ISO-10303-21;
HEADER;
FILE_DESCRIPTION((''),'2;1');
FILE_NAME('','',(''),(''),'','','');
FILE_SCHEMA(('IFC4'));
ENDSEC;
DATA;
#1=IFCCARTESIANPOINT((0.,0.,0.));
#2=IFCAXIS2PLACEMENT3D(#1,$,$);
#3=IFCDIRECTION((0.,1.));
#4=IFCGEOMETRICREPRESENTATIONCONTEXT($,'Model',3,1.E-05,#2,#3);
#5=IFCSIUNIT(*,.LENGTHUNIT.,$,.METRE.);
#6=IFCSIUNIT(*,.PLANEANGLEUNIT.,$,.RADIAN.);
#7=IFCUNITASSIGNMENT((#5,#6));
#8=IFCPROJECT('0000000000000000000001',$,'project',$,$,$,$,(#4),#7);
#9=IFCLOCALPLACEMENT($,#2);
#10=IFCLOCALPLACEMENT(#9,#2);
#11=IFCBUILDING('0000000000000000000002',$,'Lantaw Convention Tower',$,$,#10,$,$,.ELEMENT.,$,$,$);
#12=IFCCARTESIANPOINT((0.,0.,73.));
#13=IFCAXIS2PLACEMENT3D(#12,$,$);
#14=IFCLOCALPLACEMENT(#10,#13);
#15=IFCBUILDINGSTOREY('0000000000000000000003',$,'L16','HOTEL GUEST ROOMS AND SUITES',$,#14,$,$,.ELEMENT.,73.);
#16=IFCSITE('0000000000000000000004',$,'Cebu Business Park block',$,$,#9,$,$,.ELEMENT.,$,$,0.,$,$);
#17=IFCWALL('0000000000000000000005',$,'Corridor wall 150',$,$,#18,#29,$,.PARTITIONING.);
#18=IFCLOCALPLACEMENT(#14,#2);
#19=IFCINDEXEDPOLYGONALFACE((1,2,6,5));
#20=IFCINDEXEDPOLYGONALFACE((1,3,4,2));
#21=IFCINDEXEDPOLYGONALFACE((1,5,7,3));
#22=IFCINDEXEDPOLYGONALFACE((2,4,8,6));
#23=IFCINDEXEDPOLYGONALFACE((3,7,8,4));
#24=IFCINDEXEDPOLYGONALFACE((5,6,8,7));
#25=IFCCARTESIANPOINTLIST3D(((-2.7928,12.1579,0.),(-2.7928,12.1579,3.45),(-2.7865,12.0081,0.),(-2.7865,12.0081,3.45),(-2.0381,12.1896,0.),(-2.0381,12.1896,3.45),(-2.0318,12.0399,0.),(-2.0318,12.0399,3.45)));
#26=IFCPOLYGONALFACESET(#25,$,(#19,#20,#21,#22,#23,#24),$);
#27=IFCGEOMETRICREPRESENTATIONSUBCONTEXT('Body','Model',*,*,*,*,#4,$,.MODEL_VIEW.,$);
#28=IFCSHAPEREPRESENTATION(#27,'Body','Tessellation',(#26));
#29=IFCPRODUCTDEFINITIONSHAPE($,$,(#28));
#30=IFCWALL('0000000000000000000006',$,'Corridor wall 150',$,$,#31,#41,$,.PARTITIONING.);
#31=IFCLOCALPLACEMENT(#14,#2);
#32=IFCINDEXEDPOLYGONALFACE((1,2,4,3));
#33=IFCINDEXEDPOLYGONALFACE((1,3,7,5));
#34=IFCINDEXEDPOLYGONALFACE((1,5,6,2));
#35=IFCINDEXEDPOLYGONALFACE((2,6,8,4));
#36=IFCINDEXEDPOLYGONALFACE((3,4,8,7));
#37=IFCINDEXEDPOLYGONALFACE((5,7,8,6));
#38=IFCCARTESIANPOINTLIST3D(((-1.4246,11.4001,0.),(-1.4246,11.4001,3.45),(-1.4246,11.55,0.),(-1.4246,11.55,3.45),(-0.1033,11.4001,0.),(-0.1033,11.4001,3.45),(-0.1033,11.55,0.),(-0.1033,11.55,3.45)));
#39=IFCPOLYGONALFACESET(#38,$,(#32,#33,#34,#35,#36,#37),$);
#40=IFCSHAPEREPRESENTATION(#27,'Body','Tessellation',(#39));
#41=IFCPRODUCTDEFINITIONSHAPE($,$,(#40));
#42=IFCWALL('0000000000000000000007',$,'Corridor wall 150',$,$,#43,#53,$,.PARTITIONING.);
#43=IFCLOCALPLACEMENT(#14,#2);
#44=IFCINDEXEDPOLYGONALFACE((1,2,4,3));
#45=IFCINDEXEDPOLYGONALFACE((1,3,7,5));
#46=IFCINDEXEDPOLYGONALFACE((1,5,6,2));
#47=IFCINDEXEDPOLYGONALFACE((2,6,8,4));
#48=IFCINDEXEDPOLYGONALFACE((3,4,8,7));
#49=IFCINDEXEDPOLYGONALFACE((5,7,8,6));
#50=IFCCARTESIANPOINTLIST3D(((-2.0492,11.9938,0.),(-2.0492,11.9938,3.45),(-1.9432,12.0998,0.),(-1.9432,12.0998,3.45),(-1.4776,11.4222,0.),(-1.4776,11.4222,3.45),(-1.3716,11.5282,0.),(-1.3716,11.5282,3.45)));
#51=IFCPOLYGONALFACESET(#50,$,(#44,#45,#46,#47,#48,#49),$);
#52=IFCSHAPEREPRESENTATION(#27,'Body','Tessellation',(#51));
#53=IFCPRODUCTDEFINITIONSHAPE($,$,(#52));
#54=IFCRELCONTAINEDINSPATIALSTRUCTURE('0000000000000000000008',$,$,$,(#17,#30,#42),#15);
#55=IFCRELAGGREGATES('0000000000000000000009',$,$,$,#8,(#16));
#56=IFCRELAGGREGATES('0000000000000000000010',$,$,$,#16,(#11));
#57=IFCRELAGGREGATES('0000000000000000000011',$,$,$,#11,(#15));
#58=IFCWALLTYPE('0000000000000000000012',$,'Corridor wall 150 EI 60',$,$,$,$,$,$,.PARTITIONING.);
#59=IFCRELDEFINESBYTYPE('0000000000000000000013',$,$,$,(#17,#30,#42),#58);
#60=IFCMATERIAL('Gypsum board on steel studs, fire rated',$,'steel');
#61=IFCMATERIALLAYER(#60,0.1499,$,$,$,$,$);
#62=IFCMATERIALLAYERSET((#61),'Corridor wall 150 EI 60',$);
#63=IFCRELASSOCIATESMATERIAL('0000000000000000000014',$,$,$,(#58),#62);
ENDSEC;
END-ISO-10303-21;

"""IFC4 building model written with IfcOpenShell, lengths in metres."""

from ifc_helpers import new_model, si_unit, direction, frame, frame_2d, origin, place, context, subcontext, project, spatial, rectangle, extrude, material, layer, layer_set, type_object, element, save


model = new_model("IFC4")

# Units and contexts
model_context = context("Model", 3, precision=1e-05, world=origin(), true_north=direction((0.0, 1.0)))
body_context = subcontext(model_context, "Body", "Model", "MODEL_VIEW")
ifc_project = project(units=[si_unit("LENGTHUNIT", "METRE"), si_unit("PLANEANGLEUNIT", "RADIAN")], contexts=[model_context])

# Site, building, storey
site_placement = place(None, origin())
site = spatial("IfcSite", under=ifc_project, at=site_placement, Name="Cebu Business Park block", CompositionType="ELEMENT", RefElevation=0.0)
building_placement = place(site_placement, origin())
building = spatial("IfcBuilding", under=site, at=building_placement, Name="Lantaw Convention Tower", CompositionType="ELEMENT")
storey_placement = place(building_placement, frame((0.0, 0.0, 73.0)))
storey = spatial("IfcBuildingStorey", under=building, at=storey_placement, Name="L16", Description="HOTEL GUEST ROOMS AND SUITES", CompositionType="ELEMENT", Elevation=73.0)

# Shared definitions
ifc_material_1 = material(Name="Gypsum board on steel studs, fire rated", Category="steel")
ifc_layer_1 = layer(ifc_material_1, 0.1499)
ifc_layer_set_1 = layer_set([ifc_layer_1], Name="Corridor wall 150 EI 60")
wall_type_1 = type_object("IfcWallType", Name="Corridor wall 150 EI 60", PredefinedType="PARTITIONING", material=ifc_layer_set_1)

# Walls
wall_1_placement = place(storey_placement, frame((-2.0349, 12.1147, 0.0), z_axis=(0.0, 0.0, 1.0), x_axis=(-0.999117, -0.04202, 0.0)))
element("IfcWall", 1, at=wall_1_placement, inside=storey, type_object=wall_type_1, Name="Corridor wall 150", PredefinedType="PARTITIONING", context=body_context, shape_type="SweptSolid", body=[
    extrude(rectangle(XDim=0.7554, YDim=0.1499, at=frame_2d((0.3777, 0.0))), origin(), (0.0, 0.0, 1.0), 3.45),
])
wall_2_placement = place(storey_placement, frame((-0.1033, 11.4751, 0.0), z_axis=(0.0, 0.0, 1.0), x_axis=(-1.0, 0.0, 0.0)))
element("IfcWall", 2, at=wall_2_placement, inside=storey, type_object=wall_type_1, Name="Corridor wall 150", PredefinedType="PARTITIONING", context=body_context, shape_type="SweptSolid", body=[
    extrude(rectangle(XDim=1.3213, YDim=0.1499, at=frame_2d((0.6606, 0.0))), origin(), (0.0, 0.0, 1.0), 3.45),
])
wall_3_placement = place(storey_placement, frame((-1.4246, 11.4751, 0.0), z_axis=(0.0, 0.0, 1.0), x_axis=(-0.707107, 0.707107, 0.0)))
element("IfcWall", 3, at=wall_3_placement, inside=storey, type_object=wall_type_1, Name="Corridor wall 150", PredefinedType="PARTITIONING", context=body_context, shape_type="SweptSolid", body=[
    extrude(rectangle(XDim=0.8083, YDim=0.1499, at=frame_2d((0.4043, 0.0))), origin(), (0.0, 0.0, 1.0), 3.45),
])

save(model, "model.ifc")
